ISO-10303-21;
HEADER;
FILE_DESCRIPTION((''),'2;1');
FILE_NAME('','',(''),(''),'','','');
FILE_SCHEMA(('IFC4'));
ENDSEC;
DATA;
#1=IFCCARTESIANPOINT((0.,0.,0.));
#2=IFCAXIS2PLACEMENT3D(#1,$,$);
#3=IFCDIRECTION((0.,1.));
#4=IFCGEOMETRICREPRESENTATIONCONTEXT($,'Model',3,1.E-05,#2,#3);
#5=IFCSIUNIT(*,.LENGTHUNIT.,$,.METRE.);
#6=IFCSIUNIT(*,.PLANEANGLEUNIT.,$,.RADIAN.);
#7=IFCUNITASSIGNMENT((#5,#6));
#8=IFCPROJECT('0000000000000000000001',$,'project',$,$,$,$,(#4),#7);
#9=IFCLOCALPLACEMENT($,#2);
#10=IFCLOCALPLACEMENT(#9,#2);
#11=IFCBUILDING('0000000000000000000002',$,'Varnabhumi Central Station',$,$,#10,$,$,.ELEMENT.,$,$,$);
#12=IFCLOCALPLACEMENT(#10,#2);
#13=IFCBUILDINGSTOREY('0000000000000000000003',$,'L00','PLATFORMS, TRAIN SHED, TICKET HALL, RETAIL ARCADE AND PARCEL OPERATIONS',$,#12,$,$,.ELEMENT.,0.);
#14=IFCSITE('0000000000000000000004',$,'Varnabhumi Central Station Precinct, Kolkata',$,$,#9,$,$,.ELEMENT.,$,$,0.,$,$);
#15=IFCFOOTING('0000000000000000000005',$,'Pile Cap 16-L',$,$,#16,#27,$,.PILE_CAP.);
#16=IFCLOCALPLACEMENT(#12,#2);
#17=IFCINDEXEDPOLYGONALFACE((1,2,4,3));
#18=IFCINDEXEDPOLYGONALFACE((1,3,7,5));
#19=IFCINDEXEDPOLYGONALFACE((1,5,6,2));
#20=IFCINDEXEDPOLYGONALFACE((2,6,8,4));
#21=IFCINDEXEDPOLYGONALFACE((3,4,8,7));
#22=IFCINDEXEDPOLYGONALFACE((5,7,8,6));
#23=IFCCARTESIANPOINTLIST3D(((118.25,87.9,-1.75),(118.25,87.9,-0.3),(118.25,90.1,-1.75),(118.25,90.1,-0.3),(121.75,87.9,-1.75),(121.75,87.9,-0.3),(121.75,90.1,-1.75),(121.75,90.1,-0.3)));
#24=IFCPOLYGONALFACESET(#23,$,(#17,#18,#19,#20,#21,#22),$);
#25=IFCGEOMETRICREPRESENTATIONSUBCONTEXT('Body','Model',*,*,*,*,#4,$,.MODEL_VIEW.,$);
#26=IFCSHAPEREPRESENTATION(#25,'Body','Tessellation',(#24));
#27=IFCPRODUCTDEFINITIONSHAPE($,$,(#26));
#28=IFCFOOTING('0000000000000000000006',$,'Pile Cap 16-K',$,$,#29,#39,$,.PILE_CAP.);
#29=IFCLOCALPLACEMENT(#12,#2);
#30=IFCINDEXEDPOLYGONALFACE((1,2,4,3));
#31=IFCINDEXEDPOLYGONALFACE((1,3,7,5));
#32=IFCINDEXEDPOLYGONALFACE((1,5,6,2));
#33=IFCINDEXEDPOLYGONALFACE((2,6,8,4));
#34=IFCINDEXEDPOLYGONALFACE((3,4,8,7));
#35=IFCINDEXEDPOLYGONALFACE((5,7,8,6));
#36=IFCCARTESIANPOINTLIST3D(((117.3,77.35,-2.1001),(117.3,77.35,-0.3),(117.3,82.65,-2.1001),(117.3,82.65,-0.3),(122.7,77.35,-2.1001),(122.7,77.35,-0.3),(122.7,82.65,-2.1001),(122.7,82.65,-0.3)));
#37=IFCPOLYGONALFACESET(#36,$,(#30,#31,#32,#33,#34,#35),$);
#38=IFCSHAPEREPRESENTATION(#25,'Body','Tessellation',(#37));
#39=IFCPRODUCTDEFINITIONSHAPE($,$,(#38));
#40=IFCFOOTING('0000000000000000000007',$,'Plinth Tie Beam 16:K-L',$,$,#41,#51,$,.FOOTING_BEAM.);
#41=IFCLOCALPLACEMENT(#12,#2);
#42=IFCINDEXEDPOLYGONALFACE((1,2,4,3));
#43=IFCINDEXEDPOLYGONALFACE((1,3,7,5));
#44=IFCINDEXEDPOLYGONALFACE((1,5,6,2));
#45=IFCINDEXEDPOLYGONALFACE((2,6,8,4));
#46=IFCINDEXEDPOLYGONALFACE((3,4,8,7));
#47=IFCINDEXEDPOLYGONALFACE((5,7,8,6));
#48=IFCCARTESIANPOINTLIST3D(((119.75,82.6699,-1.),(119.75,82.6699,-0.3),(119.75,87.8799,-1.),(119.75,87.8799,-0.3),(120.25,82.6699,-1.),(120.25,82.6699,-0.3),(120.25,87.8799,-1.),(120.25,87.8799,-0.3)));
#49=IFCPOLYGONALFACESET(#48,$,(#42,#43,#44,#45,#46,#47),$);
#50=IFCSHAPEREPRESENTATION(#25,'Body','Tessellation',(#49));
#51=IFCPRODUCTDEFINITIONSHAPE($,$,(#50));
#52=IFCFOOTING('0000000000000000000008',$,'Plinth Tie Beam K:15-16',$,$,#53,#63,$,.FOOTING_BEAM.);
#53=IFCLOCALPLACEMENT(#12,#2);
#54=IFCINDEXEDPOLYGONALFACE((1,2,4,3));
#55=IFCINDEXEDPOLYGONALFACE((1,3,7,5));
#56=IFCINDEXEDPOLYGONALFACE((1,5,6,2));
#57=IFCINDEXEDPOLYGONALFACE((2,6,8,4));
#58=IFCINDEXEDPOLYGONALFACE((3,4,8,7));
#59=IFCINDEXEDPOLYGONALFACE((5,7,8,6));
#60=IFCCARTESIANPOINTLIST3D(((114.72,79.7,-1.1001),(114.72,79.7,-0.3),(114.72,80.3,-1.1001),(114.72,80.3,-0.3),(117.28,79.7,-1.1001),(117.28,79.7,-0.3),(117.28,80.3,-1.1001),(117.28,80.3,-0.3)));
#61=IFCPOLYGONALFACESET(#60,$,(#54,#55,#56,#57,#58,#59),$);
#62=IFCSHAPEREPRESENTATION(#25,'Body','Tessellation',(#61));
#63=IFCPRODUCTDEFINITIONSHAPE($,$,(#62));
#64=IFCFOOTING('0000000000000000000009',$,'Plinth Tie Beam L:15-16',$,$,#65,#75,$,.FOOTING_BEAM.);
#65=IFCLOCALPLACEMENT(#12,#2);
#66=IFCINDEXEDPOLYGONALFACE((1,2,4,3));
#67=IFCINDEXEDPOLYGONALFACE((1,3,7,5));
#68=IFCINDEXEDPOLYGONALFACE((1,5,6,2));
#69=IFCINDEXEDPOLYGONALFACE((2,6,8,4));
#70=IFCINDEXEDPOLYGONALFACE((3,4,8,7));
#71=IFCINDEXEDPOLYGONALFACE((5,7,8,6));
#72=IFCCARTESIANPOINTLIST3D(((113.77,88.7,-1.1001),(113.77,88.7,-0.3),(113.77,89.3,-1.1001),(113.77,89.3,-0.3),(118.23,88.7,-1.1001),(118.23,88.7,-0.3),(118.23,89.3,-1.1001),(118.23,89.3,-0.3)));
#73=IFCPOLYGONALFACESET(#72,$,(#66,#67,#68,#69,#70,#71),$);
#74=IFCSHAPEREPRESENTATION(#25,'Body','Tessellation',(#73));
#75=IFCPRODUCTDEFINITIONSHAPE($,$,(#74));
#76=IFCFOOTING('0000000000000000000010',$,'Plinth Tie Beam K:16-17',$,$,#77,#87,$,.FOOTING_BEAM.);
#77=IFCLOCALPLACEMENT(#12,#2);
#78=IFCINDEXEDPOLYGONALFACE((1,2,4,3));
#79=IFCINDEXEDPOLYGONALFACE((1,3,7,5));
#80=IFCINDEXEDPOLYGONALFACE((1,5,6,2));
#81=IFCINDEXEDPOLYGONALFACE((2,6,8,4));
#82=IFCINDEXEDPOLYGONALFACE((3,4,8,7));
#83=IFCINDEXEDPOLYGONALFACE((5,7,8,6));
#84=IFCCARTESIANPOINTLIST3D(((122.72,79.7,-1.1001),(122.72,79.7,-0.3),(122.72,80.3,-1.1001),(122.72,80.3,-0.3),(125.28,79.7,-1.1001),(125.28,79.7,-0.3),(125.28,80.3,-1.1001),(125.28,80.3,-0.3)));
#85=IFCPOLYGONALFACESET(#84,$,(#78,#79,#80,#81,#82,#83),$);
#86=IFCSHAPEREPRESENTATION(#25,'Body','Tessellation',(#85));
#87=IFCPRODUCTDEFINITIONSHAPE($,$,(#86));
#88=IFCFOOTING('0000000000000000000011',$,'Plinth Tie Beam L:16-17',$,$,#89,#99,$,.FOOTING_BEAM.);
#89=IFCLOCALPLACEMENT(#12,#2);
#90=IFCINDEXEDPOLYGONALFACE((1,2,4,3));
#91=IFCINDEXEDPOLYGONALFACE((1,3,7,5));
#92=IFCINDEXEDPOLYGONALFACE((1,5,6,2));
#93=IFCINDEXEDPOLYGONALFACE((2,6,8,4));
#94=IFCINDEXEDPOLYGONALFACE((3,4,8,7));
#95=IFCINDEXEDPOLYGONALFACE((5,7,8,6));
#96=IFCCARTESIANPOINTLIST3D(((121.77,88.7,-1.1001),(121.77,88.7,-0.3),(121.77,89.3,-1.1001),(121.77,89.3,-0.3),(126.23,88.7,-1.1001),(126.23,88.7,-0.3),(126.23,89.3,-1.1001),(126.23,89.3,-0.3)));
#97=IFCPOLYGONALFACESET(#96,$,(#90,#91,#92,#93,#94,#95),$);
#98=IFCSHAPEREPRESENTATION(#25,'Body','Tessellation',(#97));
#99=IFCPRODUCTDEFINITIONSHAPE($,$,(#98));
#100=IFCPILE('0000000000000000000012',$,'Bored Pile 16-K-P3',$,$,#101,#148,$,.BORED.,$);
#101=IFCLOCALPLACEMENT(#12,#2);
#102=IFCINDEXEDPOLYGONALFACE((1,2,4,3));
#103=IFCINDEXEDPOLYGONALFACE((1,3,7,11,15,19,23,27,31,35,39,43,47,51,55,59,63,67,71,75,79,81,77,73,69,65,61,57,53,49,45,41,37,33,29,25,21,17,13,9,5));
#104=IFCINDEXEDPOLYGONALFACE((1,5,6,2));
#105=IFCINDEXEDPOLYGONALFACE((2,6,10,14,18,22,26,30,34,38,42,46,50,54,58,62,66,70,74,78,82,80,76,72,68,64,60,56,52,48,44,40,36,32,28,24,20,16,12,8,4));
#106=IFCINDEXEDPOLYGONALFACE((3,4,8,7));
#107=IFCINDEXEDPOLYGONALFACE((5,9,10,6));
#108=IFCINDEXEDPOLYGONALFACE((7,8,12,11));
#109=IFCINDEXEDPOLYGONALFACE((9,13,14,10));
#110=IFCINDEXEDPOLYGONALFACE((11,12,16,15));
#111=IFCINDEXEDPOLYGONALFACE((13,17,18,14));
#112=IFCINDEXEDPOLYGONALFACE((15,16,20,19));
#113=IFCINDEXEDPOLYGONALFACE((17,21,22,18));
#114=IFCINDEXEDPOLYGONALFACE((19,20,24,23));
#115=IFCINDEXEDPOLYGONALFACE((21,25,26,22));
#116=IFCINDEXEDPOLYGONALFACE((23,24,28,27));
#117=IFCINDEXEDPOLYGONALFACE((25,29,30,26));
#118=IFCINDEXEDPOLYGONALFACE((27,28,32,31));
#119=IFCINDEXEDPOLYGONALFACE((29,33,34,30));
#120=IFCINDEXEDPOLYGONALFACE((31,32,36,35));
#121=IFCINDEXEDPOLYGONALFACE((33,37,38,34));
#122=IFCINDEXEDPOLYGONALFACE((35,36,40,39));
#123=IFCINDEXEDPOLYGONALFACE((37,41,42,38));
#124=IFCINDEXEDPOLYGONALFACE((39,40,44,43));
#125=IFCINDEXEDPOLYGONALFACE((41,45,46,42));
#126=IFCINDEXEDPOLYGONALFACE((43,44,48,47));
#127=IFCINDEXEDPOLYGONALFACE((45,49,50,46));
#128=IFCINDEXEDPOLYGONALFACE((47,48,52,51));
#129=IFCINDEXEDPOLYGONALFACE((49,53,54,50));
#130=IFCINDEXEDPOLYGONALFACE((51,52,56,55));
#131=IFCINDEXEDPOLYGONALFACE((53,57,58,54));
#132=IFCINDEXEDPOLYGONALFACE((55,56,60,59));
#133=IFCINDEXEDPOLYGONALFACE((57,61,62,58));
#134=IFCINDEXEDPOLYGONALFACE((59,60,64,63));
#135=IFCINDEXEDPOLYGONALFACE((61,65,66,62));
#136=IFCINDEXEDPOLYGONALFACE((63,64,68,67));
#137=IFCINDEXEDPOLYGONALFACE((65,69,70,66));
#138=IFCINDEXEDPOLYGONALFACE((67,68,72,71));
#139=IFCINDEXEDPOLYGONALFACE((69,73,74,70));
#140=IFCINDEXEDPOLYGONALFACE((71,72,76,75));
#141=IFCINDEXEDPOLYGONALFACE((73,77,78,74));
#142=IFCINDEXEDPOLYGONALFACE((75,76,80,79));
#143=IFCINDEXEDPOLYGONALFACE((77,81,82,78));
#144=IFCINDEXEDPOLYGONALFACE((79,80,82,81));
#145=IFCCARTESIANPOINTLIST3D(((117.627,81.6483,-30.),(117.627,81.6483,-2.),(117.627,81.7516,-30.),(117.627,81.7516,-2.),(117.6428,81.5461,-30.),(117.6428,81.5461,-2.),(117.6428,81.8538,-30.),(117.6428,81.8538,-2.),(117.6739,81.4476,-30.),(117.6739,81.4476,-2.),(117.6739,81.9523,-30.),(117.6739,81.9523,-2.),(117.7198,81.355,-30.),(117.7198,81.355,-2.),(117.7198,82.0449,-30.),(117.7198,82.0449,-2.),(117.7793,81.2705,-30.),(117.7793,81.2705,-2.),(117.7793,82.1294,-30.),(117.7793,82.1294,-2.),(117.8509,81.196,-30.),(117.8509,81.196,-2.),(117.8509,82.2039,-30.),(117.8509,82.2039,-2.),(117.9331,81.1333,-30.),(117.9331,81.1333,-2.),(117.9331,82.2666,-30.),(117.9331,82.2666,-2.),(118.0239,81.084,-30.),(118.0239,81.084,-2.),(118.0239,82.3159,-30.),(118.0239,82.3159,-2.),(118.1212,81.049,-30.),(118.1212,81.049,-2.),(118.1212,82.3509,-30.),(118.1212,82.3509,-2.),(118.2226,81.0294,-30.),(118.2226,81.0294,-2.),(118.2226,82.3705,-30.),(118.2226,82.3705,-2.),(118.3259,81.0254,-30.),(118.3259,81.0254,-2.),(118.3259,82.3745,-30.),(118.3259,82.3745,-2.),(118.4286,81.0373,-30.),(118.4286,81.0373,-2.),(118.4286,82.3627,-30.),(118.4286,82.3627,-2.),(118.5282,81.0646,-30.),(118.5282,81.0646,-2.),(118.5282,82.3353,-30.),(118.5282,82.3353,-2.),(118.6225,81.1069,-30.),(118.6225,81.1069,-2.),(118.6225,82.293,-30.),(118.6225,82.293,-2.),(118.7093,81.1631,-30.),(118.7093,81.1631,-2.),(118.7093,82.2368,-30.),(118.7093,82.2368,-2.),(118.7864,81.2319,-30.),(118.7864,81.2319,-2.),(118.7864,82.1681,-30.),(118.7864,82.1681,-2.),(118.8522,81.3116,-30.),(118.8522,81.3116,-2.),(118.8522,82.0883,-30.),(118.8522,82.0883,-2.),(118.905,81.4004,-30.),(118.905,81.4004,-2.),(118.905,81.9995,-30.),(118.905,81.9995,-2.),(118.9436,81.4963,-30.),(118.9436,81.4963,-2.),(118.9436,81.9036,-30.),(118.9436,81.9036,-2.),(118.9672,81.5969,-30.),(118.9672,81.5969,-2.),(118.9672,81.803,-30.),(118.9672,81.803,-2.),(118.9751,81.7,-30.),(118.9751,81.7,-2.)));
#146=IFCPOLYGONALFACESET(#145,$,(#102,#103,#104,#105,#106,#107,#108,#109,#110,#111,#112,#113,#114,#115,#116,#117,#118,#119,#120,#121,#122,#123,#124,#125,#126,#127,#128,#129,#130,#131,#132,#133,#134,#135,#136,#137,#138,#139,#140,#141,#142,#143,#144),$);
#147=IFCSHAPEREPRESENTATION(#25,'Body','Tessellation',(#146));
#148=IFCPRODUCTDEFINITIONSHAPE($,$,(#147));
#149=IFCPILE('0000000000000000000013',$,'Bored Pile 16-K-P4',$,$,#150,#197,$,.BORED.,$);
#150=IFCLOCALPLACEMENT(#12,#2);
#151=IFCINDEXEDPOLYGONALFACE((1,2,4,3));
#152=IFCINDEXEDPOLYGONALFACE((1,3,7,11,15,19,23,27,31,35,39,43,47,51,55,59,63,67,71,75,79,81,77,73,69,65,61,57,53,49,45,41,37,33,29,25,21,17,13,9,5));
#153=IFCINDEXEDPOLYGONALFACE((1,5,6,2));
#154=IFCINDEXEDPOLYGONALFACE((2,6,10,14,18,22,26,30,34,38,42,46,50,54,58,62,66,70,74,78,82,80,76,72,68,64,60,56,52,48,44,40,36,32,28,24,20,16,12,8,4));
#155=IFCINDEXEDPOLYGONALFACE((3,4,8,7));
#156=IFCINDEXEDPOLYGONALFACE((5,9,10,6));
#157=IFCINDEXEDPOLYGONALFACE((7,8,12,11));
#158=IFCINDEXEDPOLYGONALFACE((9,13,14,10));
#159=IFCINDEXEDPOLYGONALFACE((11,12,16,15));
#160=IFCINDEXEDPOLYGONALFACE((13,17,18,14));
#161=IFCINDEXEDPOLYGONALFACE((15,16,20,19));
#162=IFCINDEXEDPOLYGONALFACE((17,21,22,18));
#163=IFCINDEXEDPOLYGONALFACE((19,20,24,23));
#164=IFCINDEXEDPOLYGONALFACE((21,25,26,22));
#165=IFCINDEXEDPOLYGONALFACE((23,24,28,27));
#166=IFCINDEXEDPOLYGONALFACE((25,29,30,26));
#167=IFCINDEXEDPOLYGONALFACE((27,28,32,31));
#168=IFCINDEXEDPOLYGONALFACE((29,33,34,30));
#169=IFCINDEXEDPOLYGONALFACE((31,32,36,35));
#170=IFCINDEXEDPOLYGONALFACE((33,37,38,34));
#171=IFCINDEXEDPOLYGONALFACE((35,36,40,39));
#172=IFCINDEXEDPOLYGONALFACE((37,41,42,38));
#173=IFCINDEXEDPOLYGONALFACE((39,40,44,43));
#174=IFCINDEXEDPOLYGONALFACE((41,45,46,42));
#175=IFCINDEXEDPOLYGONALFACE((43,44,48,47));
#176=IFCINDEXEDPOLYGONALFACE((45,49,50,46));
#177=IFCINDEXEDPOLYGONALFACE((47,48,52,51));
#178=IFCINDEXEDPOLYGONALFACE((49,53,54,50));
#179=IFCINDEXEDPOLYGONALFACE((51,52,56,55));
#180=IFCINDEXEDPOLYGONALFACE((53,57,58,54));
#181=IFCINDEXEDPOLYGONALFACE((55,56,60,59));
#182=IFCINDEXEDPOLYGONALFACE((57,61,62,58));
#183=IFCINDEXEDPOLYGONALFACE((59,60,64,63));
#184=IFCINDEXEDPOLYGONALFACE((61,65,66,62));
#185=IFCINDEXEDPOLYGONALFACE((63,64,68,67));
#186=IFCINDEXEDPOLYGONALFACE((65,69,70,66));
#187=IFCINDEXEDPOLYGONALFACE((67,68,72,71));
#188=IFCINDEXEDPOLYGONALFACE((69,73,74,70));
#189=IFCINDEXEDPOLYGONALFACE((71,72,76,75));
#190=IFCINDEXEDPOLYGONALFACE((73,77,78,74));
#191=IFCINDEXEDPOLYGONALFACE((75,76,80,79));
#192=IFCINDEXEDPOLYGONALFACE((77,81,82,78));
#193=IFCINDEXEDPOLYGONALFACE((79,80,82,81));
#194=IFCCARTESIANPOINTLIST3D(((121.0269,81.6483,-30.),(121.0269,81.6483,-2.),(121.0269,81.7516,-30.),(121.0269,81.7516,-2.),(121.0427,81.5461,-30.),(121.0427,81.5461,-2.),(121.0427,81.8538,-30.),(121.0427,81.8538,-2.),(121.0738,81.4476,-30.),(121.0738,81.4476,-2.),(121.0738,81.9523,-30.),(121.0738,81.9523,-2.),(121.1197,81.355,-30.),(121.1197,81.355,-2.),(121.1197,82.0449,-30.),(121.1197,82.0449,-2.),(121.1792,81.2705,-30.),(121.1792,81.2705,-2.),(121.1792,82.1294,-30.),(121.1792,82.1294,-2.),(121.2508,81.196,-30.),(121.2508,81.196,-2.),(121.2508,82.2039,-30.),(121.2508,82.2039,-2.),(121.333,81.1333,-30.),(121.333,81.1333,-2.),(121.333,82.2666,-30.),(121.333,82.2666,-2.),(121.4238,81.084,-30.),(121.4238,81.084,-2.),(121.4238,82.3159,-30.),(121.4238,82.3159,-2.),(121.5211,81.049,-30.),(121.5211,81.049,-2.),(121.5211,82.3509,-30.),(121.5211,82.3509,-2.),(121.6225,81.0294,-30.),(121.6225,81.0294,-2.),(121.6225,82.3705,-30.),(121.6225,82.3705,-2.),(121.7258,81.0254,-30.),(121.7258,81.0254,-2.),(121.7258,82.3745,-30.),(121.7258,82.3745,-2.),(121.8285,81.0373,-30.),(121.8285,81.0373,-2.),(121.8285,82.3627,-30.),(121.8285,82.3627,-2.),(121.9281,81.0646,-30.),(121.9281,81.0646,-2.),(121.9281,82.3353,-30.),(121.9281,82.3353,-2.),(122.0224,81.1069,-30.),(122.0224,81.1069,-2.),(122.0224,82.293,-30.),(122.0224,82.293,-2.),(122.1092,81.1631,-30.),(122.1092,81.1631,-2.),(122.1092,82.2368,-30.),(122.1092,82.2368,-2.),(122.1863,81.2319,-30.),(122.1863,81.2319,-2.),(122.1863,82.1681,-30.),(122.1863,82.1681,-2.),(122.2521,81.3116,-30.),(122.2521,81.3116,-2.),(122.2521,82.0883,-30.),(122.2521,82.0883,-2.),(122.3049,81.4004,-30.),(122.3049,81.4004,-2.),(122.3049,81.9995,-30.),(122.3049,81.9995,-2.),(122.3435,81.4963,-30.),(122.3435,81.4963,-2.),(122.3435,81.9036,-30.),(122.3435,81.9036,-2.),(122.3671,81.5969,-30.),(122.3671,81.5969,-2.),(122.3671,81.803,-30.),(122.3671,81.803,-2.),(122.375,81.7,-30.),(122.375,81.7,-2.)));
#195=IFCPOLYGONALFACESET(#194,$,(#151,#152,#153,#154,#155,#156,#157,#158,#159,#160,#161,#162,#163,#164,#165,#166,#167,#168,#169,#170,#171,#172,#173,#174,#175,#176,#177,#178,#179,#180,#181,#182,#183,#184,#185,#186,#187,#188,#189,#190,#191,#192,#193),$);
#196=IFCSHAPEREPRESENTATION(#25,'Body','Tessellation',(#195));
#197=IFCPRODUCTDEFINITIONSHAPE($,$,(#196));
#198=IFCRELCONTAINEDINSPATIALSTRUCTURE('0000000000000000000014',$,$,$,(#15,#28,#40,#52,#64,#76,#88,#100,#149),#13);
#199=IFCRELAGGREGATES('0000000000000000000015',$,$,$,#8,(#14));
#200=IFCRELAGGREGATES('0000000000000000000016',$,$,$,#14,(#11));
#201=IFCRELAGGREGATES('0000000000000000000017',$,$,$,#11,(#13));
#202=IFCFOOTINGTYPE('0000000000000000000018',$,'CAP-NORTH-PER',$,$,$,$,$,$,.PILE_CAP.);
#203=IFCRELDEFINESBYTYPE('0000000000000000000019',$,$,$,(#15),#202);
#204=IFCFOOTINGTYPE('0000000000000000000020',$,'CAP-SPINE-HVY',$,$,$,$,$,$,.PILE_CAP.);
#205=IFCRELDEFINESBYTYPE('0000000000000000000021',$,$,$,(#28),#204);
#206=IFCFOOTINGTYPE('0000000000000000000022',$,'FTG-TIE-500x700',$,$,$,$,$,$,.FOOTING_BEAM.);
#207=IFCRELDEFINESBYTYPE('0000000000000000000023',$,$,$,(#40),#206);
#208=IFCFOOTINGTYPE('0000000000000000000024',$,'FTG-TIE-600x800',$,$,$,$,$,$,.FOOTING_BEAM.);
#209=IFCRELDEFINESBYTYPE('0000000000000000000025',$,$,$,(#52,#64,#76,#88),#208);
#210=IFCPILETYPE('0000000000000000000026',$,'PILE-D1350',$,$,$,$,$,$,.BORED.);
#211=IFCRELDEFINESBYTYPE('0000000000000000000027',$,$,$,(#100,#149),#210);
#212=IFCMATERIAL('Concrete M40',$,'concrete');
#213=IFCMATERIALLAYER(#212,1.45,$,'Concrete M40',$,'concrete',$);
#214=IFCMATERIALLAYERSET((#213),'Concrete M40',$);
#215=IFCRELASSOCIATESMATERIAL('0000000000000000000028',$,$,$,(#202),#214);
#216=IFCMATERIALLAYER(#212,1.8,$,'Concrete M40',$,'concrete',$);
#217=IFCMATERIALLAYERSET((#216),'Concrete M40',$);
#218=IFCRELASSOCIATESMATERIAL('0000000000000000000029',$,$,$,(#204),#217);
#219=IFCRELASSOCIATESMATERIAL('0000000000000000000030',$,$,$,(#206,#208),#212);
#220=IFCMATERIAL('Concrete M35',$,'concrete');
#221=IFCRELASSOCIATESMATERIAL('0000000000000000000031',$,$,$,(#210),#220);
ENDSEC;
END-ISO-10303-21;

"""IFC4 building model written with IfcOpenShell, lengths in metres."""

from ifc_helpers import new_model, si_unit, direction, frame, origin, origin_2d, place, context, subcontext, project, spatial, rectangle, circle, extrude, material, layer, layer_set, material_profile, profile_set, type_object, element, save


model = new_model("IFC4")

# Units and contexts
model_context = context("Model", 3, precision=1e-05, world=origin(), true_north=direction((0.0, 1.0)))
body_context = subcontext(model_context, "Body", "Model", "MODEL_VIEW")
ifc_project = project(units=[si_unit("LENGTHUNIT", "METRE"), si_unit("PLANEANGLEUNIT", "RADIAN")], contexts=[model_context])

# Site, building, storey
site_placement = place(None, origin())
site = spatial("IfcSite", under=ifc_project, at=site_placement, Name="Varnabhumi Central Station Precinct, Kolkata", CompositionType="ELEMENT", RefElevation=0.0)
building_placement = place(site_placement, origin())
building = spatial("IfcBuilding", under=site, at=building_placement, Name="Varnabhumi Central Station", CompositionType="ELEMENT")
storey_placement = place(building_placement, origin())
storey = spatial("IfcBuildingStorey", under=building, at=storey_placement, Name="L00", Description="PLATFORMS, TRAIN SHED, TICKET HALL, RETAIL ARCADE AND PARCEL OPERATIONS", CompositionType="ELEMENT", Elevation=0.0)

# Footings
ifc_material_1 = material(Name="Concrete M40", Category="concrete")
ifc_layer_1 = layer(ifc_material_1, 1.45, Name="Concrete M40", Category="concrete")
ifc_layer_set_1 = layer_set([ifc_layer_1], Name="Concrete M40")
footing_type_1 = type_object("IfcFootingType", Name="CAP-NORTH-PER", PredefinedType="PILE_CAP", material=ifc_layer_set_1)
footing_1_placement = place(storey_placement, frame((120.0, 89.0, -1.75), z_axis=(0.0, 0.0, 1.0), x_axis=(1.0, 0.0, 0.0)))
element("IfcFooting", 1, at=footing_1_placement, inside=storey, type_object=footing_type_1, Name="Pile Cap 16-L", PredefinedType="PILE_CAP", context=body_context, shape_type="SweptSolid", body=[
    extrude(rectangle(XDim=3.5, YDim=2.2, at=origin_2d()), origin(), (0.0, 0.0, 1.0), 1.45),
])
ifc_layer_2 = layer(ifc_material_1, 1.8, Name="Concrete M40", Category="concrete")
ifc_layer_set_2 = layer_set([ifc_layer_2], Name="Concrete M40")
footing_type_2 = type_object("IfcFootingType", Name="CAP-SPINE-HVY", PredefinedType="PILE_CAP", material=ifc_layer_set_2)
footing_2_placement = place(storey_placement, frame((120.0, 80.0, -2.1001), z_axis=(0.0, 0.0, 1.0), x_axis=(1.0, 0.0, 0.0)))
element("IfcFooting", 2, at=footing_2_placement, inside=storey, type_object=footing_type_2, Name="Pile Cap 16-K", PredefinedType="PILE_CAP", context=body_context, shape_type="SweptSolid", body=[
    extrude(rectangle(XDim=5.3999, YDim=5.3, at=origin_2d()), origin(), (0.0, 0.0, 1.0), 1.8),
])
footing_type_3 = type_object("IfcFootingType", Name="FTG-TIE-500x700", PredefinedType="FOOTING_BEAM", material=ifc_material_1)
footing_3_placement = place(storey_placement, frame((120.0, 85.2749, -1.0), z_axis=(0.0, 0.0, 1.0), x_axis=(1.0, 0.0, 0.0)))
element("IfcFooting", 3, at=footing_3_placement, inside=storey, type_object=footing_type_3, Name="Plinth Tie Beam 16:K-L", PredefinedType="FOOTING_BEAM", context=body_context, shape_type="SweptSolid", body=[
    extrude(rectangle(XDim=0.5, YDim=5.21, at=origin_2d()), origin(), (0.0, 0.0, 1.0), 0.7),
])
footing_type_4 = type_object("IfcFootingType", Name="FTG-TIE-600x800", PredefinedType="FOOTING_BEAM", material=ifc_material_1)
footing_4_placement = place(storey_placement, frame((116.0, 80.0, -1.1001), z_axis=(0.0, 0.0, 1.0), x_axis=(1.0, 0.0, 0.0)))
element("IfcFooting", 4, at=footing_4_placement, inside=storey, type_object=footing_type_4, Name="Plinth Tie Beam K:15-16", PredefinedType="FOOTING_BEAM", context=body_context, shape_type="SweptSolid", body=[
    extrude(rectangle(XDim=2.5601, YDim=0.6001, at=origin_2d()), origin(), (0.0, 0.0, 1.0), 0.8),
])
footing_5_placement = place(storey_placement, frame((116.0, 89.0, -1.1001), z_axis=(0.0, 0.0, 1.0), x_axis=(1.0, 0.0, 0.0)))
element("IfcFooting", 5, at=footing_5_placement, inside=storey, type_object=footing_type_4, Name="Plinth Tie Beam L:15-16", PredefinedType="FOOTING_BEAM", context=body_context, shape_type="SweptSolid", body=[
    extrude(rectangle(XDim=4.46, YDim=0.6001, at=origin_2d()), origin(), (0.0, 0.0, 1.0), 0.8),
])
footing_6_placement = place(storey_placement, frame((124.0, 80.0, -1.1001), z_axis=(0.0, 0.0, 1.0), x_axis=(1.0, 0.0, 0.0)))
element("IfcFooting", 6, at=footing_6_placement, inside=storey, type_object=footing_type_4, Name="Plinth Tie Beam K:16-17", PredefinedType="FOOTING_BEAM", context=body_context, shape_type="SweptSolid", body=[
    extrude(rectangle(XDim=2.5601, YDim=0.6001, at=origin_2d()), origin(), (0.0, 0.0, 1.0), 0.8),
])
footing_7_placement = place(storey_placement, frame((124.0, 89.0, -1.1001), z_axis=(0.0, 0.0, 1.0), x_axis=(1.0, 0.0, 0.0)))
element("IfcFooting", 7, at=footing_7_placement, inside=storey, type_object=footing_type_4, Name="Plinth Tie Beam L:16-17", PredefinedType="FOOTING_BEAM", context=body_context, shape_type="SweptSolid", body=[
    extrude(rectangle(XDim=4.46, YDim=0.6001, at=origin_2d()), origin(), (0.0, 0.0, 1.0), 0.8),
])

# Piles
ifc_material_2 = material(Name="Concrete M35", Category="concrete")
ifc_material_profile_1 = material_profile(ifc_material_2, circle(Radius=0.675, at=origin_2d()), Name="Concrete M35", Category="concrete")
ifc_profile_set_1 = profile_set([ifc_material_profile_1], Name="Concrete M35")
pile_type_1 = type_object("IfcPileType", Name="PILE-D1350", PredefinedType="BORED", material=ifc_profile_set_1)
for number, where, z_axis, x_axis, name in (
    (8, (118.3, 81.7, -2.0), (0.0, 0.0, -1.0), (1.0, 0.0, 0.0), "Bored Pile 16-K-P3"),
    (9, (121.7, 81.7, -2.0), (0.0, 0.0, -1.0), (1.0, 0.0, 0.0), "Bored Pile 16-K-P4"),
):
    element("IfcPile", number, at=place(storey_placement, frame(where, z_axis=z_axis, x_axis=x_axis)), inside=storey, type_object=pile_type_1, Name=name, PredefinedType="BORED", context=body_context, shape_type="SweptSolid", body=[
        extrude(circle(Radius=0.675, at=origin_2d()), origin(), (0.0, 0.0, 1.0), 28.0),
    ])

save(model, "model.ifc")
